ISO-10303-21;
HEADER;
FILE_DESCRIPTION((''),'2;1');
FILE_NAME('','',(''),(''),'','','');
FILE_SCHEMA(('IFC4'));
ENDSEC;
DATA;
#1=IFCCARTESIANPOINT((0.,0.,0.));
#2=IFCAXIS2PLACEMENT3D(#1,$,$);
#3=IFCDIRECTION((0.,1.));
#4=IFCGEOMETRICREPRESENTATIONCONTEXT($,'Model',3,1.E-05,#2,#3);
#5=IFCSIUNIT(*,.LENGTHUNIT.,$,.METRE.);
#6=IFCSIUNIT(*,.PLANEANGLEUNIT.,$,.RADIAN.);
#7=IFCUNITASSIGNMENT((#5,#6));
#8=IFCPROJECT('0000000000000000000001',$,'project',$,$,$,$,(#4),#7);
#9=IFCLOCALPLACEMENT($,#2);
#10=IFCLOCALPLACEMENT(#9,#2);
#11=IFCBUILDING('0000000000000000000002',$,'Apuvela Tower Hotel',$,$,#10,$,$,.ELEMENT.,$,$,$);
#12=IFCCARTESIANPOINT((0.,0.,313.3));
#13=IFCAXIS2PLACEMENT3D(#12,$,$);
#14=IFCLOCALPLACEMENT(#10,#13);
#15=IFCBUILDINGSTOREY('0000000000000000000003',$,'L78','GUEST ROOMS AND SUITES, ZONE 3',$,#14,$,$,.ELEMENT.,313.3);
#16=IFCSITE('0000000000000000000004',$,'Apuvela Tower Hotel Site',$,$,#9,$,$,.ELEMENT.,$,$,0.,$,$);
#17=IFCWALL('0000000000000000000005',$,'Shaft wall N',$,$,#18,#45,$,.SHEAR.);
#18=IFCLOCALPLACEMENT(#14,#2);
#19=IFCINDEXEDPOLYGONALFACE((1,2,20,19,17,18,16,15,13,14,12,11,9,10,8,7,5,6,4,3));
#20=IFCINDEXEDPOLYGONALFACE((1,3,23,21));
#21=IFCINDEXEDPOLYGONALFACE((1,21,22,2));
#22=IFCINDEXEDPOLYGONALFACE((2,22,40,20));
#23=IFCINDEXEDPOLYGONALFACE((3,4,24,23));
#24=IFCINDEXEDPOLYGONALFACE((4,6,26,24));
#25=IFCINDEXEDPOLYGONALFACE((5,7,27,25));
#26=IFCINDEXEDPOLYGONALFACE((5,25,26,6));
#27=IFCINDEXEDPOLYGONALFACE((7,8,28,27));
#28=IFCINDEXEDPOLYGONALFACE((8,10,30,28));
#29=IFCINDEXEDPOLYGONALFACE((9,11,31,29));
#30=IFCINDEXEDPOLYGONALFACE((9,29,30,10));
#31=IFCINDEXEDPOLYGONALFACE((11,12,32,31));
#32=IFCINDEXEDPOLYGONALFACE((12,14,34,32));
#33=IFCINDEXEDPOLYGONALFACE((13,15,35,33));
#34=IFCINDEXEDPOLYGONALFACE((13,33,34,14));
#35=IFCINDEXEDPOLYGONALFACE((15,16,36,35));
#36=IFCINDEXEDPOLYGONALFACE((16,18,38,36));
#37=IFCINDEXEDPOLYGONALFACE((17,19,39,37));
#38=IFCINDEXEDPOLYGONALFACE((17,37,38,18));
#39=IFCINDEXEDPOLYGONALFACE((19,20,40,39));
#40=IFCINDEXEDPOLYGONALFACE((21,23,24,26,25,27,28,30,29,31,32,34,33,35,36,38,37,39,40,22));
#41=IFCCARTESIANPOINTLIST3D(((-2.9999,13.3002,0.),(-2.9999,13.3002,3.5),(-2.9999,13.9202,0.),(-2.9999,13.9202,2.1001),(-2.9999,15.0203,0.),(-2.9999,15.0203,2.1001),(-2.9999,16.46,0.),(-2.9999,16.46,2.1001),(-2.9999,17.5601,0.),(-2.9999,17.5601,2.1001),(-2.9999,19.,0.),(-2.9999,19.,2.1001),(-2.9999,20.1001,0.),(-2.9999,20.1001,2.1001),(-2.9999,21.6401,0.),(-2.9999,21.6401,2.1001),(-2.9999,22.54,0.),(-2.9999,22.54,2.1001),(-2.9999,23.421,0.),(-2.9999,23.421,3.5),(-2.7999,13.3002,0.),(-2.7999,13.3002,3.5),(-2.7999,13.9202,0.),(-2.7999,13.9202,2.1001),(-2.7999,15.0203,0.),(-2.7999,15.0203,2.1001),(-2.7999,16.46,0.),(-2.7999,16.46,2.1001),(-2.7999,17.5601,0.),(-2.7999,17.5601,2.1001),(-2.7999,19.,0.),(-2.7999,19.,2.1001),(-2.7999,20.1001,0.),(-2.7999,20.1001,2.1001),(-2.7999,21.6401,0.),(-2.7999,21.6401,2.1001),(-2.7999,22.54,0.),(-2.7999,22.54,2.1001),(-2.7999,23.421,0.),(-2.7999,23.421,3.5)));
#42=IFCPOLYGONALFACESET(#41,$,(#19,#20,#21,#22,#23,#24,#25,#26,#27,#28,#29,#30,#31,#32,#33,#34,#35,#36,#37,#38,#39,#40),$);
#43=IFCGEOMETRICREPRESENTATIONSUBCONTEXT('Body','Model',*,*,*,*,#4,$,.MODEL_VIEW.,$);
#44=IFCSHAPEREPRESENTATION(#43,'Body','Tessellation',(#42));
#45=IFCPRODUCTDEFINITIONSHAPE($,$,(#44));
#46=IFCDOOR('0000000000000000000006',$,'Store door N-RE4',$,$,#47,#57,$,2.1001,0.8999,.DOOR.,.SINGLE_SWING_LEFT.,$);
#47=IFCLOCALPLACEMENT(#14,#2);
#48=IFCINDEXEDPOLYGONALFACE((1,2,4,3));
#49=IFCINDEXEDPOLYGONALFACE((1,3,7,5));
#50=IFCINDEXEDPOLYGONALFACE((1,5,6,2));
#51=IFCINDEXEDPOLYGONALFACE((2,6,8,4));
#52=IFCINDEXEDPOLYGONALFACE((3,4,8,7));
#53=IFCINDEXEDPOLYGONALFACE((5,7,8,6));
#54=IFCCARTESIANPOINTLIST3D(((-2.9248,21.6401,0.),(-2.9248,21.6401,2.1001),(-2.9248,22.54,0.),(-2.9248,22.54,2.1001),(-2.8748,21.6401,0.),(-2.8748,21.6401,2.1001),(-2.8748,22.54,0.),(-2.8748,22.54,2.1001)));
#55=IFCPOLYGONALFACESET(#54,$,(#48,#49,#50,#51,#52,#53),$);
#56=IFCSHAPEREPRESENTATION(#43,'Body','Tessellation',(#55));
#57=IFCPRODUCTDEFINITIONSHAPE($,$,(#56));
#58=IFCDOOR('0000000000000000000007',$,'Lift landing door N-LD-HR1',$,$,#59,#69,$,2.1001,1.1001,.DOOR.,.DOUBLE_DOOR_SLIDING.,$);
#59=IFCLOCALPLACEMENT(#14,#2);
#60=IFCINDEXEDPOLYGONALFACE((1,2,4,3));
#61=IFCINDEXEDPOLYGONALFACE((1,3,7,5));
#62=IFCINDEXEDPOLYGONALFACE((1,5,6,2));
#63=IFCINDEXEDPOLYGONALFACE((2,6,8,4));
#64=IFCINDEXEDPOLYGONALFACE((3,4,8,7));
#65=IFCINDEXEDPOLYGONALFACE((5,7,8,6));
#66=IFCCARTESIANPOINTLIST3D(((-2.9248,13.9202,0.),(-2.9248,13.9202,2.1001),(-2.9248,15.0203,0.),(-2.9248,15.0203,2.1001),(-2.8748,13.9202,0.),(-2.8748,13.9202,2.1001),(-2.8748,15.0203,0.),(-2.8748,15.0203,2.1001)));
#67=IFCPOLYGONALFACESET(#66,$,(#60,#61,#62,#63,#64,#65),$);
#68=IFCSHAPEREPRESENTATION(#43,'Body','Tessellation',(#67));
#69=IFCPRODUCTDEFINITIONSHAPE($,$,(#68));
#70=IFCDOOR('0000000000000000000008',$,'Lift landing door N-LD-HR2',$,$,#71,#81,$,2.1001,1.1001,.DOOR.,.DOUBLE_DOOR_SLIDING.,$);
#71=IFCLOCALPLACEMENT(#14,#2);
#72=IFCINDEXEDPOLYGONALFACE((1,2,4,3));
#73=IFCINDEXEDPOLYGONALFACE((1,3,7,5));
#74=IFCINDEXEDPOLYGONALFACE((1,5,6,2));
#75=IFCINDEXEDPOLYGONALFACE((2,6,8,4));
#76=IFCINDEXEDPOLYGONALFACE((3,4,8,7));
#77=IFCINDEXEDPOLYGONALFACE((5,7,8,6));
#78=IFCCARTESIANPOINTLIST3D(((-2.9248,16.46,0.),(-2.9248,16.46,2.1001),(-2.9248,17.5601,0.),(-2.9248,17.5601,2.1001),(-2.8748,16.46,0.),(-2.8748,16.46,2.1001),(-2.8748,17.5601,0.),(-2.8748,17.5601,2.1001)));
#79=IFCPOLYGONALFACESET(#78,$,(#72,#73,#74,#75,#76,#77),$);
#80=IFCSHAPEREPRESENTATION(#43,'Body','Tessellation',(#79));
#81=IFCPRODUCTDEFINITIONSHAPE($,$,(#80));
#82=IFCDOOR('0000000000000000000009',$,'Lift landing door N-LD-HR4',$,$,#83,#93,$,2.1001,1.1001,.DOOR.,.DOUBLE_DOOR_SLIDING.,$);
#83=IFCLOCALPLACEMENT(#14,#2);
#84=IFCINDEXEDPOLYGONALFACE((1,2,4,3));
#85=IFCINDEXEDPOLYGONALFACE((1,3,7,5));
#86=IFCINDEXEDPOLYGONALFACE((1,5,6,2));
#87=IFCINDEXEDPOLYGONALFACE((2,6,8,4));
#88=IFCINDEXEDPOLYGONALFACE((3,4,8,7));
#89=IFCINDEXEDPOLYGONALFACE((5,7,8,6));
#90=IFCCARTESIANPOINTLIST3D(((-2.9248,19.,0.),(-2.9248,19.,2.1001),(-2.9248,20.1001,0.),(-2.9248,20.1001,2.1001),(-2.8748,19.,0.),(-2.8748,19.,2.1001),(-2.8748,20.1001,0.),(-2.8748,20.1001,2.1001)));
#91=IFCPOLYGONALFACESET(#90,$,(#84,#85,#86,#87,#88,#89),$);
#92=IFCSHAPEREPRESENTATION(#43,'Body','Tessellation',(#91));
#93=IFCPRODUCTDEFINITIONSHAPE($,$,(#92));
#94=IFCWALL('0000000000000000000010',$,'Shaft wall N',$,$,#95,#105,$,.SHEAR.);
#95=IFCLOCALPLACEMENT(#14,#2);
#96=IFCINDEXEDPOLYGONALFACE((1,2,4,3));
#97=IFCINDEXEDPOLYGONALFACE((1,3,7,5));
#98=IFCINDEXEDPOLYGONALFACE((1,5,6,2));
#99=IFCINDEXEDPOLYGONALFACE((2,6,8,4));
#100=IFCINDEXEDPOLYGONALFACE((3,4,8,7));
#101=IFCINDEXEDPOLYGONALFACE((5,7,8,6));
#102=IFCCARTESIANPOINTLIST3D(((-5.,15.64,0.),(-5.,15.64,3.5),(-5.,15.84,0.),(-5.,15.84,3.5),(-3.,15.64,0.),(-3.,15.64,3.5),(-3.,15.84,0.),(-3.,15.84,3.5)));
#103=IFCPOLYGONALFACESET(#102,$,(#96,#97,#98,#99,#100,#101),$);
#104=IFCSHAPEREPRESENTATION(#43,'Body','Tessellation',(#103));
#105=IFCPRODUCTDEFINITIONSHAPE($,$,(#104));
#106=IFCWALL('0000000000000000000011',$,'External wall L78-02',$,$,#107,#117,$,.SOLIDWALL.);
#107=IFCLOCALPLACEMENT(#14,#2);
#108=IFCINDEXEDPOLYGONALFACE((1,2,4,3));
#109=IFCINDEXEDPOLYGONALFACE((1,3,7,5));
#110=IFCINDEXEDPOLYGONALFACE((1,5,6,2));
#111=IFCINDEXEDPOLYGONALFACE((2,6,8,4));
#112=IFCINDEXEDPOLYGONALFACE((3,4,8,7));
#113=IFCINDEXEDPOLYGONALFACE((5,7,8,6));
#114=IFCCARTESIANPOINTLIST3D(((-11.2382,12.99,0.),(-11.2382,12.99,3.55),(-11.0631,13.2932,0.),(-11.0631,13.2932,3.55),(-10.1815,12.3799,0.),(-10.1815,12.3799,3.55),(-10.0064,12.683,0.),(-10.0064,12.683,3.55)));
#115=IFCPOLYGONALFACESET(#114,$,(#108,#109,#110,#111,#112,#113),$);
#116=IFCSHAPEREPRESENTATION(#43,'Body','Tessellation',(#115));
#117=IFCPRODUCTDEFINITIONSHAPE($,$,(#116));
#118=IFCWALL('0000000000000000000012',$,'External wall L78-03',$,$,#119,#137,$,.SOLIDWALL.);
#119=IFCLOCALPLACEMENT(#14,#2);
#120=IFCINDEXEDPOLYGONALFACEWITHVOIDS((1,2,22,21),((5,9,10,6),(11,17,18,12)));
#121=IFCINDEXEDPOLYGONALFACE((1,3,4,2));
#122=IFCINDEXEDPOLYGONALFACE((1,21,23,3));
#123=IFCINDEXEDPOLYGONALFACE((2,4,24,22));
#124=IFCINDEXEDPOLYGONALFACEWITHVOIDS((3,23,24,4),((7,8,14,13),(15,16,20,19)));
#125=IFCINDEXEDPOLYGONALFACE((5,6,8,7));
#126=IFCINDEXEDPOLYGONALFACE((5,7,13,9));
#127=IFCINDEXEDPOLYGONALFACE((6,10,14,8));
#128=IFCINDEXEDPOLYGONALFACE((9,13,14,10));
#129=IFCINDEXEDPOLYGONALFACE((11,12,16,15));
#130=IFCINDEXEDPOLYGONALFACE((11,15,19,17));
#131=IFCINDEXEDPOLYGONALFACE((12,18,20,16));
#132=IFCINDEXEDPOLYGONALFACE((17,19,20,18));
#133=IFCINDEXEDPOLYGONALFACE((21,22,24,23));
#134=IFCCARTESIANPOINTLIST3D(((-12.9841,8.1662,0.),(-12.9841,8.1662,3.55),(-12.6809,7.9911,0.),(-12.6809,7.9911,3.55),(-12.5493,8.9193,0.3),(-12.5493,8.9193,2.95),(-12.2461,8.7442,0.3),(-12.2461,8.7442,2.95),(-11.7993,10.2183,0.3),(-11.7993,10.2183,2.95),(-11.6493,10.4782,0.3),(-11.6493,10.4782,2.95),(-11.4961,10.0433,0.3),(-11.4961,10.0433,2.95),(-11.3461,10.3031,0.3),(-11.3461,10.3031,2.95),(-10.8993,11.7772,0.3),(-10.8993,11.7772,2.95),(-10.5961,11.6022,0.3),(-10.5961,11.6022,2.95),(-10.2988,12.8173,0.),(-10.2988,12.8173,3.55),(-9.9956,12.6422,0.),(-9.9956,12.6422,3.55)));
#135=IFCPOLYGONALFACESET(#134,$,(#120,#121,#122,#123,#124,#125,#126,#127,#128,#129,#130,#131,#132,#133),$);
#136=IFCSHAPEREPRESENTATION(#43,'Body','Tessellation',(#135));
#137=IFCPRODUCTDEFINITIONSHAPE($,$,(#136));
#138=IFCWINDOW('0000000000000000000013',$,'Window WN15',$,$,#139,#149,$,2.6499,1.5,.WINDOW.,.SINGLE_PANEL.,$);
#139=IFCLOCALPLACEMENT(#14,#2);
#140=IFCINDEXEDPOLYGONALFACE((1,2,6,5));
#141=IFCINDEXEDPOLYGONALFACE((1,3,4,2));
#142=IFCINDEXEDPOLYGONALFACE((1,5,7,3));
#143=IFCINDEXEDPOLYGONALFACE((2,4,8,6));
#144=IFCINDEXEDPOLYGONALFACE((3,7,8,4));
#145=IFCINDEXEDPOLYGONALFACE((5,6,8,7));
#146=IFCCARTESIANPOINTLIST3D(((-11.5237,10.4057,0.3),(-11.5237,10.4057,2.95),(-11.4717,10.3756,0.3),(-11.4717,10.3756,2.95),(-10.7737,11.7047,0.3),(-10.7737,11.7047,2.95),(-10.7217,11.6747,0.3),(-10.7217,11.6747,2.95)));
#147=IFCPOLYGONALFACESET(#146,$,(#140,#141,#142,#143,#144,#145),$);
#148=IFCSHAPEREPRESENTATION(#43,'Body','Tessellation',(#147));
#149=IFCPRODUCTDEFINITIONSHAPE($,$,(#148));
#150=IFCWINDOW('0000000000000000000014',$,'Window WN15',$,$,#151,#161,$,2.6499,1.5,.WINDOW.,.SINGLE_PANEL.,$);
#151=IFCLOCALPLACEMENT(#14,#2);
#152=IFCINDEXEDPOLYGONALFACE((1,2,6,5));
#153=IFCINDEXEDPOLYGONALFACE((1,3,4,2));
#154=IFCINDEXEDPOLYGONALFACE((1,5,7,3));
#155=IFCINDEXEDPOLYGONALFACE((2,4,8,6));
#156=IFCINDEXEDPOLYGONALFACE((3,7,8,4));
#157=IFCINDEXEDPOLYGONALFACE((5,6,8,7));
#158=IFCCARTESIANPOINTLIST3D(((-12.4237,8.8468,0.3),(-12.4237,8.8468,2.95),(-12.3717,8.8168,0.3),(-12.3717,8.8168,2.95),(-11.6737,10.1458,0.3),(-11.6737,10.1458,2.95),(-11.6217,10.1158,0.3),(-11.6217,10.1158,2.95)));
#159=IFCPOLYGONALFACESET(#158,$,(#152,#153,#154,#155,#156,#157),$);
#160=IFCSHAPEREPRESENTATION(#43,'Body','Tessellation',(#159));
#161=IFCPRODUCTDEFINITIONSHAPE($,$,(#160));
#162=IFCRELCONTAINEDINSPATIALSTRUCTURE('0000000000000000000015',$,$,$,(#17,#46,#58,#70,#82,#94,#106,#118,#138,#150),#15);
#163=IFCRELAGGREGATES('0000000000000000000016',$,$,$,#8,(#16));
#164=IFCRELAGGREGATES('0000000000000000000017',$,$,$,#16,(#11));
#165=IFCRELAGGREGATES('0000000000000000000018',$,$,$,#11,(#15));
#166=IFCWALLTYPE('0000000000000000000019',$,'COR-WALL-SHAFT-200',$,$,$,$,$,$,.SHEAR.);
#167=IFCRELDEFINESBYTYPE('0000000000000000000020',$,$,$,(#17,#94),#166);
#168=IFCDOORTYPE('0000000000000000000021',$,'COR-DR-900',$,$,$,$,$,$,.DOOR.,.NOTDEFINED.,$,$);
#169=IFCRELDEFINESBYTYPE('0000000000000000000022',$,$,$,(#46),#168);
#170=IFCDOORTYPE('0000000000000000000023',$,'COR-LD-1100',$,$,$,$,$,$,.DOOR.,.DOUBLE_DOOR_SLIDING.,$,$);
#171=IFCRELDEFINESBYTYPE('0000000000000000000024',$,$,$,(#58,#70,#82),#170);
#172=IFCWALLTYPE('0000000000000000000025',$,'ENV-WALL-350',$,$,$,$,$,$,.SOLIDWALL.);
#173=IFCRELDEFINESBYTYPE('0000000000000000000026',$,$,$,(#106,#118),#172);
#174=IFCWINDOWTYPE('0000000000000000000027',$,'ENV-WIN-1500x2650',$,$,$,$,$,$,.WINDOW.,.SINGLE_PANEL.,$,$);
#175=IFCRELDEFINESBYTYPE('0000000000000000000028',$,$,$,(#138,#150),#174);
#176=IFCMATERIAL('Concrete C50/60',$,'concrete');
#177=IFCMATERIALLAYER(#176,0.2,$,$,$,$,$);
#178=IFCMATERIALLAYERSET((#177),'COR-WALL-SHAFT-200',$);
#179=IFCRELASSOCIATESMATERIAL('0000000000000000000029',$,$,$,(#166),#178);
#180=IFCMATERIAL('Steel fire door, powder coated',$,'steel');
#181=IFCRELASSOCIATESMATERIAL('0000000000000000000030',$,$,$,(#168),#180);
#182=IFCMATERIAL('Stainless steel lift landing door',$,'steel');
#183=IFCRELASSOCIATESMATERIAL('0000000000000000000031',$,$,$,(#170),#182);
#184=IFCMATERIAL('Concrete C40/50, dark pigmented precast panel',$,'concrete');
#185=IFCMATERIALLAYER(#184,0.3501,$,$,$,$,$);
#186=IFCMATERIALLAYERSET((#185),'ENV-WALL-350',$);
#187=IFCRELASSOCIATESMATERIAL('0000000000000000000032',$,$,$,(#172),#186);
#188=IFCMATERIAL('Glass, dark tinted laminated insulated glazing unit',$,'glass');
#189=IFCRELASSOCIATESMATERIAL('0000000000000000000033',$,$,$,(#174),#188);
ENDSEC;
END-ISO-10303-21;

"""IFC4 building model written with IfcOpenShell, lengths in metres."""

from ifc_helpers import new_model, si_unit, direction, frame, frame_2d, origin, place, context, subcontext, project, spatial, rectangle, extrude, material, layer, layer_set, type_object, element, fill, save


model = new_model("IFC4")

# Units and contexts
model_context = context("Model", 3, precision=1e-05, world=origin(), true_north=direction((0.0, 1.0)))
body_context = subcontext(model_context, "Body", "Model", "MODEL_VIEW")
ifc_project = project(units=[si_unit("LENGTHUNIT", "METRE"), si_unit("PLANEANGLEUNIT", "RADIAN")], contexts=[model_context])

# Site, building, storey
site_placement = place(None, origin())
site = spatial("IfcSite", under=ifc_project, at=site_placement, Name="Apuvela Tower Hotel Site", CompositionType="ELEMENT", RefElevation=0.0)
building_placement = place(site_placement, origin())
building = spatial("IfcBuilding", under=site, at=building_placement, Name="Apuvela Tower Hotel", CompositionType="ELEMENT")
storey_placement = place(building_placement, frame((0.0, 0.0, 313.3)))
storey = spatial("IfcBuildingStorey", under=building, at=storey_placement, Name="L78", Description="GUEST ROOMS AND SUITES, ZONE 3", CompositionType="ELEMENT", Elevation=313.3)

# Shared definitions
ifc_material_1 = material(Name="Concrete C50/60", Category="concrete")
ifc_layer_1 = layer(ifc_material_1, 0.2)
ifc_layer_set_1 = layer_set([ifc_layer_1], Name="COR-WALL-SHAFT-200")
wall_type_1 = type_object("IfcWallType", Name="COR-WALL-SHAFT-200", PredefinedType="SHEAR", material=ifc_layer_set_1)

# Wall, openings, doors
wall_1_placement = place(storey_placement, frame((-2.8999, 13.3, 0.0), z_axis=(0.0, 0.0, 1.0), x_axis=(0.0, 1.0, 0.0)))
wall_1 = element("IfcWall", 1, at=wall_1_placement, inside=storey, type_object=wall_type_1, Name="Shaft wall N", PredefinedType="SHEAR", context=body_context, shape_type="SweptSolid", body=[
    extrude(rectangle(XDim=10.1208, YDim=0.2, at=frame_2d((5.0605, 0.0))), origin(), (0.0, 0.0, 1.0), 3.5),
])
opening_1_placement = place(wall_1_placement, frame((0.6201, 0.0, 0.0)))
opening_1 = element("IfcOpeningElement", 2, at=opening_1_placement, cuts=wall_1, PredefinedType="OPENING", context=body_context, shape_type="SweptSolid", body=[
    extrude(rectangle(XDim=1.1001, YDim=2.1001, at=frame_2d((0.55, 1.05))), frame((0.0, 0.1099, 0.0), z_axis=(0.0, -1.0, 0.0), x_axis=(1.0, 0.0, 0.0)), (0.0, 0.0, 1.0), 0.22),
])
opening_2_placement = place(wall_1_placement, frame((3.1599, 0.0, 0.0)))
opening_2 = element("IfcOpeningElement", 3, at=opening_2_placement, cuts=wall_1, PredefinedType="OPENING", context=body_context, shape_type="SweptSolid", body=[
    extrude(rectangle(XDim=1.1001, YDim=2.1001, at=frame_2d((0.55, 1.05))), frame((0.0, 0.1099, 0.0), z_axis=(0.0, -1.0, 0.0), x_axis=(1.0, 0.0, 0.0)), (0.0, 0.0, 1.0), 0.22),
])
opening_3_placement = place(wall_1_placement, frame((5.7, 0.0, 0.0)))
opening_3 = element("IfcOpeningElement", 4, at=opening_3_placement, cuts=wall_1, PredefinedType="OPENING", context=body_context, shape_type="SweptSolid", body=[
    extrude(rectangle(XDim=1.1001, YDim=2.1001, at=frame_2d((0.55, 1.05))), frame((0.0, 0.1099, 0.0), z_axis=(0.0, -1.0, 0.0), x_axis=(1.0, 0.0, 0.0)), (0.0, 0.0, 1.0), 0.22),
])
opening_4_placement = place(wall_1_placement, frame((8.3401, 0.0, 0.0)))
opening_4 = element("IfcOpeningElement", 5, at=opening_4_placement, cuts=wall_1, PredefinedType="OPENING", context=body_context, shape_type="SweptSolid", body=[
    extrude(rectangle(XDim=0.8999, YDim=2.1001, at=frame_2d((0.45, 1.05))), frame((0.0, 0.1099, 0.0), z_axis=(0.0, -1.0, 0.0), x_axis=(1.0, 0.0, 0.0)), (0.0, 0.0, 1.0), 0.22),
])
ifc_material_2 = material(Name="Steel fire door, powder coated", Category="steel")
door_type_1 = type_object("IfcDoorType", Name="COR-DR-900", OperationType="NOTDEFINED", PredefinedType="DOOR", material=ifc_material_2)
door_1_placement = place(opening_4_placement, origin())
door_1 = element("IfcDoor", 6, at=door_1_placement, inside=storey, type_object=door_type_1, Name="Store door N-RE4", OperationType="SINGLE_SWING_LEFT", OverallHeight=2.1001, OverallWidth=0.8999, PredefinedType="DOOR", context=body_context, shape_type="SweptSolid", body=[
    extrude(rectangle(XDim=0.8999, YDim=2.1001, at=frame_2d((0.45, 1.05))), frame((0.0, 0.0249, 0.0), z_axis=(0.0, -1.0, 0.0), x_axis=(1.0, 0.0, 0.0)), (0.0, 0.0, 1.0), 0.05),
])
fill(opening_4, door_1)
ifc_material_3 = material(Name="Stainless steel lift landing door", Category="steel")
door_type_2 = type_object("IfcDoorType", Name="COR-LD-1100", OperationType="DOUBLE_DOOR_SLIDING", PredefinedType="DOOR", material=ifc_material_3)
door_2_placement = place(opening_1_placement, origin())
door_2 = element("IfcDoor", 7, at=door_2_placement, inside=storey, type_object=door_type_2, Name="Lift landing door N-LD-HR1", OperationType="DOUBLE_DOOR_SLIDING", OverallHeight=2.1001, OverallWidth=1.1001, PredefinedType="DOOR", context=body_context, shape_type="SweptSolid", body=[
    extrude(rectangle(XDim=1.1001, YDim=2.1001, at=frame_2d((0.55, 1.05))), frame((0.0, 0.0249, 0.0), z_axis=(0.0, -1.0, 0.0), x_axis=(1.0, 0.0, 0.0)), (0.0, 0.0, 1.0), 0.05),
])
fill(opening_1, door_2)
door_3_placement = place(opening_2_placement, origin())
door_3 = element("IfcDoor", 8, at=door_3_placement, inside=storey, type_object=door_type_2, Name="Lift landing door N-LD-HR2", OperationType="DOUBLE_DOOR_SLIDING", OverallHeight=2.1001, OverallWidth=1.1001, PredefinedType="DOOR", context=body_context, shape_type="SweptSolid", body=[
    extrude(rectangle(XDim=1.1001, YDim=2.1001, at=frame_2d((0.55, 1.05))), frame((0.0, 0.0249, 0.0), z_axis=(0.0, -1.0, 0.0), x_axis=(1.0, 0.0, 0.0)), (0.0, 0.0, 1.0), 0.05),
])
fill(opening_2, door_3)
door_4_placement = place(opening_3_placement, origin())
door_4 = element("IfcDoor", 9, at=door_4_placement, inside=storey, type_object=door_type_2, Name="Lift landing door N-LD-HR4", OperationType="DOUBLE_DOOR_SLIDING", OverallHeight=2.1001, OverallWidth=1.1001, PredefinedType="DOOR", context=body_context, shape_type="SweptSolid", body=[
    extrude(rectangle(XDim=1.1001, YDim=2.1001, at=frame_2d((0.55, 1.05))), frame((0.0, 0.0249, 0.0), z_axis=(0.0, -1.0, 0.0), x_axis=(1.0, 0.0, 0.0)), (0.0, 0.0, 1.0), 0.05),
])
fill(opening_3, door_4)

# Walls
wall_2_placement = place(storey_placement, frame((-3.0, 15.74, 0.0), z_axis=(0.0, 0.0, 1.0), x_axis=(-1.0, 0.0, 0.0)))
element("IfcWall", 10, at=wall_2_placement, inside=storey, type_object=wall_type_1, Name="Shaft wall N", PredefinedType="SHEAR", context=body_context, shape_type="SweptSolid", body=[
    extrude(rectangle(XDim=2.0, YDim=0.2, at=frame_2d((1.0, 0.0))), origin(), (0.0, 0.0, 1.0), 3.5),
])
ifc_material_4 = material(Name="Concrete C40/50, dark pigmented precast panel", Category="concrete")
ifc_layer_2 = layer(ifc_material_4, 0.3501)
ifc_layer_set_2 = layer_set([ifc_layer_2], Name="ENV-WALL-350")
wall_type_2 = type_object("IfcWallType", Name="ENV-WALL-350", PredefinedType="SOLIDWALL", material=ifc_layer_set_2)
wall_3_placement = place(storey_placement, frame((-11.1506, 13.1416, 0.0), z_axis=(0.0, 0.0, 1.0), x_axis=(0.866006, -0.500034, 0.0)))
element("IfcWall", 11, at=wall_3_placement, inside=storey, type_object=wall_type_2, Name="External wall L78-02", PredefinedType="SOLIDWALL", context=body_context, shape_type="SweptSolid", body=[
    extrude(rectangle(XDim=1.2202, YDim=0.3501, at=frame_2d((0.6101, 0.0))), origin(), (0.0, 0.0, 1.0), 3.55),
])

# Wall, openings, windows
wall_4_placement = place(storey_placement, frame((-10.1472, 12.7297, 0.0), z_axis=(0.0, 0.0, 1.0), x_axis=(-0.499997, -0.866027, 0.0)))
wall_4 = element("IfcWall", 12, at=wall_4_placement, inside=storey, type_object=wall_type_2, Name="External wall L78-03", PredefinedType="SOLIDWALL", context=body_context, shape_type="SweptSolid", body=[
    extrude(rectangle(XDim=5.3706, YDim=0.3501, at=frame_2d((2.6853, 0.0))), origin(), (0.0, 0.0, 1.0), 3.55),
])
opening_5_placement = place(wall_4_placement, frame((1.2009, 0.0, 0.3)))
opening_5 = element("IfcOpeningElement", 13, at=opening_5_placement, cuts=wall_4, PredefinedType="OPENING", context=body_context, shape_type="SweptSolid", body=[
    extrude(rectangle(XDim=1.5, YDim=2.6499, at=frame_2d((0.75, 1.325))), frame((0.0, 0.1851, 0.0), z_axis=(0.0, -1.0, 0.0), x_axis=(1.0, 0.0, 0.0)), (0.0, 0.0, 1.0), 0.3701),
])
opening_6_placement = place(wall_4_placement, frame((3.001, 0.0, 0.3)))
opening_6 = element("IfcOpeningElement", 14, at=opening_6_placement, cuts=wall_4, PredefinedType="OPENING", context=body_context, shape_type="SweptSolid", body=[
    extrude(rectangle(XDim=1.5, YDim=2.6499, at=frame_2d((0.75, 1.325))), frame((0.0, 0.1851, 0.0), z_axis=(0.0, -1.0, 0.0), x_axis=(1.0, 0.0, 0.0)), (0.0, 0.0, 1.0), 0.3701),
])
ifc_material_5 = material(Name="Glass, dark tinted laminated insulated glazing unit", Category="glass")
window_type = type_object("IfcWindowType", Name="ENV-WIN-1500x2650", PartitioningType="SINGLE_PANEL", PredefinedType="WINDOW", material=ifc_material_5)
window_1_placement = place(opening_5_placement, origin())
window_1 = element("IfcWindow", 15, at=window_1_placement, inside=storey, type_object=window_type, Name="Window WN15", OverallHeight=2.6499, OverallWidth=1.5, PartitioningType="SINGLE_PANEL", PredefinedType="WINDOW", context=body_context, shape_type="SweptSolid", body=[
    extrude(rectangle(XDim=1.5, YDim=2.6499, at=frame_2d((0.75, 1.325))), frame((0.0, 0.03, 0.0), z_axis=(0.0, -1.0, 0.0), x_axis=(1.0, 0.0, 0.0)), (0.0, 0.0, 1.0), 0.0601),
])
fill(opening_5, window_1)
window_2_placement = place(opening_6_placement, origin())
window_2 = element("IfcWindow", 16, at=window_2_placement, inside=storey, type_object=window_type, Name="Window WN15", OverallHeight=2.6499, OverallWidth=1.5, PartitioningType="SINGLE_PANEL", PredefinedType="WINDOW", context=body_context, shape_type="SweptSolid", body=[
    extrude(rectangle(XDim=1.5, YDim=2.6499, at=frame_2d((0.75, 1.325))), frame((0.0, 0.03, 0.0), z_axis=(0.0, -1.0, 0.0), x_axis=(1.0, 0.0, 0.0)), (0.0, 0.0, 1.0), 0.0601),
])
fill(opening_6, window_2)

save(model, "model.ifc")
